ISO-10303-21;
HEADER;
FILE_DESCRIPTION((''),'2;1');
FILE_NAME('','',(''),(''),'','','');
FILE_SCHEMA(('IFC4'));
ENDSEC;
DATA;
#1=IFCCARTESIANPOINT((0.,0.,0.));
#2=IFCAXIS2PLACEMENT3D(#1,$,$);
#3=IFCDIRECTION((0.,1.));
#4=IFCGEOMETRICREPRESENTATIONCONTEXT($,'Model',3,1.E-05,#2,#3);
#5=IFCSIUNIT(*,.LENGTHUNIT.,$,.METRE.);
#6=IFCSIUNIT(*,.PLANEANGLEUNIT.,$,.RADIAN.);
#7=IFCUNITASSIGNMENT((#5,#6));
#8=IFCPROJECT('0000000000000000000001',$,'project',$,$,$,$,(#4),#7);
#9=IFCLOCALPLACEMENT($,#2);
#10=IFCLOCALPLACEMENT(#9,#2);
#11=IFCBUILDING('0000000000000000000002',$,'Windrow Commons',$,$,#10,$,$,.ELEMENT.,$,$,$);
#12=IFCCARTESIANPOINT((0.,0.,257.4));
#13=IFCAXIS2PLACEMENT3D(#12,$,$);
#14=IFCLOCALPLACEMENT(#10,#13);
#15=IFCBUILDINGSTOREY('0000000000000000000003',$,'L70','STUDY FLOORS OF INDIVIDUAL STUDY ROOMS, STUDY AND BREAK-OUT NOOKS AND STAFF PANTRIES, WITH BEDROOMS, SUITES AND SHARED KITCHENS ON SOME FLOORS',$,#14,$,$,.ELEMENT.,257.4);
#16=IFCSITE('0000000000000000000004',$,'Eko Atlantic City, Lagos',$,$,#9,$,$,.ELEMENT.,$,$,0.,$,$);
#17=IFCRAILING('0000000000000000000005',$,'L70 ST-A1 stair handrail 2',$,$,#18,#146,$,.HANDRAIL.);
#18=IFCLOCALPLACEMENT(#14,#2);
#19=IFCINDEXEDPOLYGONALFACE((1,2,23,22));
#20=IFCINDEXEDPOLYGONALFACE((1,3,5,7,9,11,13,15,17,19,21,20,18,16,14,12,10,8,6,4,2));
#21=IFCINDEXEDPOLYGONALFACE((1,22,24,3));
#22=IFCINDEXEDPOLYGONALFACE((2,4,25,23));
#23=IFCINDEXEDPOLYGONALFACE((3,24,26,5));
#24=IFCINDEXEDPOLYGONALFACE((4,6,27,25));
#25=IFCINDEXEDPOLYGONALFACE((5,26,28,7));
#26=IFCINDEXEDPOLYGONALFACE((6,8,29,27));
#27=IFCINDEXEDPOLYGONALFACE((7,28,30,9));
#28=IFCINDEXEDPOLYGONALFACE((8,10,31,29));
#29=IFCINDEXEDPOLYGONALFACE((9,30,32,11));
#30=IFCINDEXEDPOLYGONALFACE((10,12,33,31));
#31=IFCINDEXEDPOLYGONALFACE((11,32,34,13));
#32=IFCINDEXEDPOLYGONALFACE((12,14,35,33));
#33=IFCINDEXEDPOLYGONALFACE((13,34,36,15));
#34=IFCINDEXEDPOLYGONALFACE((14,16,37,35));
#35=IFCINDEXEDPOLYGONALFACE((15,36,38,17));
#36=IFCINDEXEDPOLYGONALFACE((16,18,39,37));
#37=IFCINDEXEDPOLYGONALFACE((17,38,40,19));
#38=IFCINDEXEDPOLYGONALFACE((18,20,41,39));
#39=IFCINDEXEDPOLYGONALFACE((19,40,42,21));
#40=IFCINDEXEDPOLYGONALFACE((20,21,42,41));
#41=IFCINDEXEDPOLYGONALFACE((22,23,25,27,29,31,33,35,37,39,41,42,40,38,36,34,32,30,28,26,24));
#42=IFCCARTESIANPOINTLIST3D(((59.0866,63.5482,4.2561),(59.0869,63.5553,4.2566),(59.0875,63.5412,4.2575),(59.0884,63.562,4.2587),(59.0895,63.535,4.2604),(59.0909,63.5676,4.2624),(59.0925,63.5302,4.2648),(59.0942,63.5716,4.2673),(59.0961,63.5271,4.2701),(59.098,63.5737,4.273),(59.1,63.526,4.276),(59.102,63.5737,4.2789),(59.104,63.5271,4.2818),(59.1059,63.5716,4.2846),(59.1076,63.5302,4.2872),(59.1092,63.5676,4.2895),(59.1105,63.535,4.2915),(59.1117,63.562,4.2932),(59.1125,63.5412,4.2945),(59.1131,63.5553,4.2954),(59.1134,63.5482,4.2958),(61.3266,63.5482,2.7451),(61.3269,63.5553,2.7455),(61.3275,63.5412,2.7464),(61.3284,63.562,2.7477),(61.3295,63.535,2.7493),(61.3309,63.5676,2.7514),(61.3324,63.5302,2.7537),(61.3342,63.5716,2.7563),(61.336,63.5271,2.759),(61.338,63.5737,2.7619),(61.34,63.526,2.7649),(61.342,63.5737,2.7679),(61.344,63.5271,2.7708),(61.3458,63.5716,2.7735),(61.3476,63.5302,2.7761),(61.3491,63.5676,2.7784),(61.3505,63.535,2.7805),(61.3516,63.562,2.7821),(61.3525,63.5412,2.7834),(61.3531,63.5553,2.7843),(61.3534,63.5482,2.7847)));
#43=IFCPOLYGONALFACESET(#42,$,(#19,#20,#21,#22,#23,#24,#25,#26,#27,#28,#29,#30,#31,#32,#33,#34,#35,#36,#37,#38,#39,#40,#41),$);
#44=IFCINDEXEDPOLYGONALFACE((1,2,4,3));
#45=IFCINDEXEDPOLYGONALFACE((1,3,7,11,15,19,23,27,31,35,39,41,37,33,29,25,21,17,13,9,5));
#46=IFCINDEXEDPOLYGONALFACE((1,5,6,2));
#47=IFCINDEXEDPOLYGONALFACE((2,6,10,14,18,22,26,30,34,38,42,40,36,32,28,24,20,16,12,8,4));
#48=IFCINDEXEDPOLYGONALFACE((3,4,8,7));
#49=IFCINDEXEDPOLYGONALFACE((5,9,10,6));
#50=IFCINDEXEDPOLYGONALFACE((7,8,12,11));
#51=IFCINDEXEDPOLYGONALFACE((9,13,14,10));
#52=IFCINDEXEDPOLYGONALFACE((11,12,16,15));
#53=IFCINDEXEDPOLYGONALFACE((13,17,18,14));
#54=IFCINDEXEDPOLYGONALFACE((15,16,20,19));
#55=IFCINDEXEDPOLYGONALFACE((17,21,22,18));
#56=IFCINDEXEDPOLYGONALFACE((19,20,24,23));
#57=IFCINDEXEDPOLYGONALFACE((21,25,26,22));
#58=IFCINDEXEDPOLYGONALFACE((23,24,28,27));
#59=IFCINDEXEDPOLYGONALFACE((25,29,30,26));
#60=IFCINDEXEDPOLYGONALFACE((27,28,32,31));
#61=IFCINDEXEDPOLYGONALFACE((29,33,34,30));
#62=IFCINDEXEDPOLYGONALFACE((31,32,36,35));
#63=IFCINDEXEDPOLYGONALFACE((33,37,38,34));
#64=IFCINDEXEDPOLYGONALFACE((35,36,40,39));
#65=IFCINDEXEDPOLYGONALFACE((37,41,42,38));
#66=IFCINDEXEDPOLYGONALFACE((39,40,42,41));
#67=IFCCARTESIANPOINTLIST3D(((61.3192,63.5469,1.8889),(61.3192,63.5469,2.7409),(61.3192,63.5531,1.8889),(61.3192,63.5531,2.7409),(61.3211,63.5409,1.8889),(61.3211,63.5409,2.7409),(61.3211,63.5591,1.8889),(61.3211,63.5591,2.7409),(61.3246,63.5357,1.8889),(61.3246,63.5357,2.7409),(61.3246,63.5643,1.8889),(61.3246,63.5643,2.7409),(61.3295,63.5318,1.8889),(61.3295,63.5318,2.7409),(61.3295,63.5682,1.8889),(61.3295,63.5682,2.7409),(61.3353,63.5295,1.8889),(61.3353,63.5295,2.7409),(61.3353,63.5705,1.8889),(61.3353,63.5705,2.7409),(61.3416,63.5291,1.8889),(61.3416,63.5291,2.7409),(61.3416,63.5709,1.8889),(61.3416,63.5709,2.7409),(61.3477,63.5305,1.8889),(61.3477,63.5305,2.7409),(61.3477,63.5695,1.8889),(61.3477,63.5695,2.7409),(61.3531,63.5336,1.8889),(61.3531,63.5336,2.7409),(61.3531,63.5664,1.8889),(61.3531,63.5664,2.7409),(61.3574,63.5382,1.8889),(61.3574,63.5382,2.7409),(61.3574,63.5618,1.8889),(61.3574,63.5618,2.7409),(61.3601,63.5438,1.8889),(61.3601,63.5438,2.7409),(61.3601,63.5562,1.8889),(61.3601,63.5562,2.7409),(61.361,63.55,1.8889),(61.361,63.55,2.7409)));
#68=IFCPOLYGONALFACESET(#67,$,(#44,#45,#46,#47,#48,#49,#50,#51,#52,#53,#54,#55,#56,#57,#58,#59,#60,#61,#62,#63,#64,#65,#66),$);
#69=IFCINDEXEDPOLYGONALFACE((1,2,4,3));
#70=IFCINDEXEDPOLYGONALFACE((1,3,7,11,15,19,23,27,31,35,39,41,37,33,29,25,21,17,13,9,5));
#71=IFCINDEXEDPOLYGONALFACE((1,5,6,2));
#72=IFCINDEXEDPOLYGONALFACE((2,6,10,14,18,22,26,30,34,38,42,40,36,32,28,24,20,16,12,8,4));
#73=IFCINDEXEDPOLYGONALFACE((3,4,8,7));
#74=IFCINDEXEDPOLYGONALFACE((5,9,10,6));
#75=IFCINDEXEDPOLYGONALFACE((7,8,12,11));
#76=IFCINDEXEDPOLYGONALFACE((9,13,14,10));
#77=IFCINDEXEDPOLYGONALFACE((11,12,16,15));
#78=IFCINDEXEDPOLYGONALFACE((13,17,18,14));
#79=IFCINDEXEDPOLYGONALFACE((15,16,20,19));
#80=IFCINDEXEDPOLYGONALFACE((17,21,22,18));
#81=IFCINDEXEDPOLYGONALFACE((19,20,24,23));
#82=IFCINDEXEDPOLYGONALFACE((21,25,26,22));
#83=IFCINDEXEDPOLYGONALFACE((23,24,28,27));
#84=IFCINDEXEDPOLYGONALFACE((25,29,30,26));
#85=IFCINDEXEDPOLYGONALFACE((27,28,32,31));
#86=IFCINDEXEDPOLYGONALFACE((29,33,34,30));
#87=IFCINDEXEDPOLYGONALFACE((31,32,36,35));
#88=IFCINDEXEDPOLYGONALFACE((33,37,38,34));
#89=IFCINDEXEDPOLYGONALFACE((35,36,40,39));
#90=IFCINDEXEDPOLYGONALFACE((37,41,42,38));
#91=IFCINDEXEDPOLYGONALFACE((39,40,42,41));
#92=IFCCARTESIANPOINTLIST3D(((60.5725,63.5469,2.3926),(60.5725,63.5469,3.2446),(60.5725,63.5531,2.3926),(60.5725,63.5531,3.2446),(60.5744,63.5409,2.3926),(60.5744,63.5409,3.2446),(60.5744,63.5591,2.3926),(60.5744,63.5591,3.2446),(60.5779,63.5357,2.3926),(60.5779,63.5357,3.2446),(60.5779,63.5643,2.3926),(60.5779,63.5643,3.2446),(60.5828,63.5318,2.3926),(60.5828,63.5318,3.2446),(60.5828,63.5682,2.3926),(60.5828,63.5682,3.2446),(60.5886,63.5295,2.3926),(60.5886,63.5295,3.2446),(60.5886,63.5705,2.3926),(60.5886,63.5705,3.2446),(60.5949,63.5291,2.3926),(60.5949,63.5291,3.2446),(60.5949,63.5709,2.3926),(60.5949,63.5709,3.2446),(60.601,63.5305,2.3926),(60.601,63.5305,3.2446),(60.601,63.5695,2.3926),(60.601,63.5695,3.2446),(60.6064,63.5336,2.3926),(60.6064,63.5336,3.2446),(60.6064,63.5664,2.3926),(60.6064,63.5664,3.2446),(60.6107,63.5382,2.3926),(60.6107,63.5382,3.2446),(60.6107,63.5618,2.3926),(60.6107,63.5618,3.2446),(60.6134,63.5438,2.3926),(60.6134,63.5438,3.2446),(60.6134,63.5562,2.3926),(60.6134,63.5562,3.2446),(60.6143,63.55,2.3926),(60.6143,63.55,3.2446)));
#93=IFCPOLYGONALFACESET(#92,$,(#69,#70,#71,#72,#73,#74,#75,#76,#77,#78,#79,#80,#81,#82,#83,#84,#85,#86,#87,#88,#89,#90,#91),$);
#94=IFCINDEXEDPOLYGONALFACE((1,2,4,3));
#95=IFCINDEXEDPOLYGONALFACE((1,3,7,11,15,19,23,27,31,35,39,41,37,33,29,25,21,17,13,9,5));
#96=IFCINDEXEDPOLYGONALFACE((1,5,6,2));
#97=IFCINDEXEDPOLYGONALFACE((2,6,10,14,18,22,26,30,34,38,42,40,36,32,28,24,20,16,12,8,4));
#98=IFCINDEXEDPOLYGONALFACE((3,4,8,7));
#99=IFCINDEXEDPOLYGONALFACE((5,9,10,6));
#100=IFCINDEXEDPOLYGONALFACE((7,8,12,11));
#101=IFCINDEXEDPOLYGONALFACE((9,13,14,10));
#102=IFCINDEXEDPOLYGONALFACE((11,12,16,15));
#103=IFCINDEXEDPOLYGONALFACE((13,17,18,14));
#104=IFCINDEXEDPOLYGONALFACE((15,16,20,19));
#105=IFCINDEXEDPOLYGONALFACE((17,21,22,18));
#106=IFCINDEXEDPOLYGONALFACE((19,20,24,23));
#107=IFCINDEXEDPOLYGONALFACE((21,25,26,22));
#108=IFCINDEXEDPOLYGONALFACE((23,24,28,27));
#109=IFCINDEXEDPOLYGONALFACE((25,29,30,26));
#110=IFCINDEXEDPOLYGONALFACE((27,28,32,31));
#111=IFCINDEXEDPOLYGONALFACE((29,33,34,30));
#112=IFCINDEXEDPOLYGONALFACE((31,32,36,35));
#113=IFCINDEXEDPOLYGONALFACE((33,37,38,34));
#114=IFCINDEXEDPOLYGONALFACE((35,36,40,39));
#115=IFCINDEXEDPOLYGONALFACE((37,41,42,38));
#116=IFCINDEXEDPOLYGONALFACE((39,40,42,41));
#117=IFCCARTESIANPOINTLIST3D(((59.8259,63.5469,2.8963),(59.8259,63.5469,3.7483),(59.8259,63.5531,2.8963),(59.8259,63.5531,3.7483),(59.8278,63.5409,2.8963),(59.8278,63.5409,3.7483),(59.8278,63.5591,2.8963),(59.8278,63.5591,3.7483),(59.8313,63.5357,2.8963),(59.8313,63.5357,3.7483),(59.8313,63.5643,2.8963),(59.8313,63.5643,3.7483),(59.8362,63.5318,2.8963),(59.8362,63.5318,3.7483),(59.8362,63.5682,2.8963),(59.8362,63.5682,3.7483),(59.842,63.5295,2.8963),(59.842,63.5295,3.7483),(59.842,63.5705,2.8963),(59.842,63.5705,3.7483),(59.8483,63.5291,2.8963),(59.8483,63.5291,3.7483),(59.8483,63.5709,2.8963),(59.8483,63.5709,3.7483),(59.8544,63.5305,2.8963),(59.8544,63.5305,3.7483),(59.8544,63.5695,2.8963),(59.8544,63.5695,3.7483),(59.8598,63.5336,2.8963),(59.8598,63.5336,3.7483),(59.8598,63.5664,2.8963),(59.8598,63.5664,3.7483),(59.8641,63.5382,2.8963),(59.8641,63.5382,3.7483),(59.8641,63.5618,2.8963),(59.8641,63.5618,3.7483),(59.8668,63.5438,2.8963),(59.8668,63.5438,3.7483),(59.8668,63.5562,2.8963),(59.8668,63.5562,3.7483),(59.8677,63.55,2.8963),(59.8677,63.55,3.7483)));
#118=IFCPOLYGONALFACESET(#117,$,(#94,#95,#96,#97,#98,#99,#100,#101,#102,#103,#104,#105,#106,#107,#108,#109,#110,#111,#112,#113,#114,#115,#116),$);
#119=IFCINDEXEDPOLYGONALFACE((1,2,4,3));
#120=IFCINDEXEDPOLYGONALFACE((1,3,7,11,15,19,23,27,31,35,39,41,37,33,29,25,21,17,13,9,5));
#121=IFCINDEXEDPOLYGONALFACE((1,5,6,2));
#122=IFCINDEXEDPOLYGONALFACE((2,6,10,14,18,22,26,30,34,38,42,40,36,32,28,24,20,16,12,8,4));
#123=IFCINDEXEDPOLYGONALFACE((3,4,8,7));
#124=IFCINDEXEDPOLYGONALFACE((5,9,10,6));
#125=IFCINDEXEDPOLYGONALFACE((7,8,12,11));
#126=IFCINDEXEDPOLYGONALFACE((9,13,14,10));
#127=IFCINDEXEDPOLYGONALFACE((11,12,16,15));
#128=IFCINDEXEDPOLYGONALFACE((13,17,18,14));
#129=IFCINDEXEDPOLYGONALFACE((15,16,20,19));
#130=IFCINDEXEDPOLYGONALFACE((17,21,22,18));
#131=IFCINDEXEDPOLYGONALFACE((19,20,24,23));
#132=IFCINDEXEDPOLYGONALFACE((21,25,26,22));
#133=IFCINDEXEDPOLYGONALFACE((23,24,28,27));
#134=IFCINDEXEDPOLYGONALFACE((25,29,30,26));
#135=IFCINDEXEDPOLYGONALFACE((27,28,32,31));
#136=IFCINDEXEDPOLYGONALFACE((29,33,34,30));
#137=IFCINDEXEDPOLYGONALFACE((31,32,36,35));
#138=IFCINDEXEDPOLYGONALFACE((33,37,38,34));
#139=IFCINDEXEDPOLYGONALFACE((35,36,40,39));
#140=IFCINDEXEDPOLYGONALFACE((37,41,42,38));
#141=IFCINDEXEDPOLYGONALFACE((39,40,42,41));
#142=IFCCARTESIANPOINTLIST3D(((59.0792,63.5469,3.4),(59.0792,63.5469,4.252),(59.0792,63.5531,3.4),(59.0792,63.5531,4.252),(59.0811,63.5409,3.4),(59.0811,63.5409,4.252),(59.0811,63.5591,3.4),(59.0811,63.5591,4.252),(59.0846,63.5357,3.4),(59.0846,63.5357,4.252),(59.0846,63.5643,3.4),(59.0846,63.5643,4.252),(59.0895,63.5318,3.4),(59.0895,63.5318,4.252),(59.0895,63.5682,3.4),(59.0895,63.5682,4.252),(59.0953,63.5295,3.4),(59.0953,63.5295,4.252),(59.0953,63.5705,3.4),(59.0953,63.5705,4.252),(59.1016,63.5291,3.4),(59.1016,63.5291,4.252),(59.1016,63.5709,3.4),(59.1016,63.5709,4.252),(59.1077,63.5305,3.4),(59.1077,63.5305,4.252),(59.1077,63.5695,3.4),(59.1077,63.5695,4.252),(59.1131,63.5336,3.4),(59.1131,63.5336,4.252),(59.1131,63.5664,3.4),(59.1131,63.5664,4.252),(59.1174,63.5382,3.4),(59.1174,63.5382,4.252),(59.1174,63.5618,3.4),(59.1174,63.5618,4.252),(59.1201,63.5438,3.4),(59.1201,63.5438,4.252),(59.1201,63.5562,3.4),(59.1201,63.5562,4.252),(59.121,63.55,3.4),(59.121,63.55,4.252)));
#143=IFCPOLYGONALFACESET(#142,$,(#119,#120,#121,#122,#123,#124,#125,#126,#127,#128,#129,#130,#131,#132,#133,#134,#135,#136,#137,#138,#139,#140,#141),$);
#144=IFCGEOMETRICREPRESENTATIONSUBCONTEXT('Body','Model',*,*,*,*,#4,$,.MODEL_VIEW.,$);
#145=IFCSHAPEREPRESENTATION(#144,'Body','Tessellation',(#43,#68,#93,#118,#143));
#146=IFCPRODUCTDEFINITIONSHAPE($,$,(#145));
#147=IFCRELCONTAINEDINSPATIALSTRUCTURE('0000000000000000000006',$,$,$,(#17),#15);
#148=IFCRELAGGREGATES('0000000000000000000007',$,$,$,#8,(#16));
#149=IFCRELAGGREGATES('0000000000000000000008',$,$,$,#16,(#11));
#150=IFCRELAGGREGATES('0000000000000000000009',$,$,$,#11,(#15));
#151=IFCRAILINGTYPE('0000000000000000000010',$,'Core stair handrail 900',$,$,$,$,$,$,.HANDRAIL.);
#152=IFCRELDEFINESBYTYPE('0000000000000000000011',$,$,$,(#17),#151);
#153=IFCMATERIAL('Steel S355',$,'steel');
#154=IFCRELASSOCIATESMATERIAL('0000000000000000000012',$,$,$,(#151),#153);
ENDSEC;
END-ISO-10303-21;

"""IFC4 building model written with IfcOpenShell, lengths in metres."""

from ifc_helpers import new_model, si_unit, direction, frame, origin, origin_2d, place, context, subcontext, project, spatial, circle, extrude, material, type_object, element, save


model = new_model("IFC4")

# Units and contexts
model_context = context("Model", 3, precision=1e-05, world=origin(), true_north=direction((0.0, 1.0)))
body_context = subcontext(model_context, "Body", "Model", "MODEL_VIEW")
ifc_project = project(units=[si_unit("LENGTHUNIT", "METRE"), si_unit("PLANEANGLEUNIT", "RADIAN")], contexts=[model_context])

# Site, building, storey
site_placement = place(None, origin())
site = spatial("IfcSite", under=ifc_project, at=site_placement, Name="Eko Atlantic City, Lagos", CompositionType="ELEMENT", RefElevation=0.0)
building_placement = place(site_placement, origin())
building = spatial("IfcBuilding", under=site, at=building_placement, Name="Windrow Commons", CompositionType="ELEMENT")
storey_placement = place(building_placement, frame((0.0, 0.0, 257.4)))
storey = spatial("IfcBuildingStorey", under=building, at=storey_placement, Name="L70", Description="STUDY FLOORS OF INDIVIDUAL STUDY ROOMS, STUDY AND BREAK-OUT NOOKS AND STAFF PANTRIES, WITH BEDROOMS, SUITES AND SHARED KITCHENS ON SOME FLOORS", CompositionType="ELEMENT", Elevation=257.4)

# Railing
ifc_material_1 = material(Name="Steel S355", Category="steel")
railing_type_1 = type_object("IfcRailingType", Name="Core stair handrail 900", PredefinedType="HANDRAIL", material=ifc_material_1)
railing_1_placement = place(storey_placement, frame((61.34, 63.55, 1.8889)))
element("IfcRailing", 1, at=railing_1_placement, inside=storey, type_object=railing_type_1, Name="L70 ST-A1 stair handrail 2", PredefinedType="HANDRAIL", context=body_context, shape_type="SweptSolid", body=[
    extrude(circle(Radius=0.024, at=origin_2d()), frame((0.0, 0.0, 0.876), z_axis=(-0.829003, 0.0, 0.559244), x_axis=(0.0, -1.0, 0.0)), (0.0, 0.0, 1.0), 2.702),
    extrude(circle(Radius=0.021, at=origin_2d()), origin(), (0.0, 0.0, 1.0), 0.852),
    extrude(circle(Radius=0.021, at=origin_2d()), frame((-0.7467, 0.0, 0.5037)), (0.0, 0.0, 1.0), 0.852),
    extrude(circle(Radius=0.021, at=origin_2d()), frame((-1.4933, 0.0, 1.0074)), (0.0, 0.0, 1.0), 0.852),
    extrude(circle(Radius=0.021, at=origin_2d()), frame((-2.24, 0.0, 1.5111)), (0.0, 0.0, 1.0), 0.852),
])

save(model, "model.ifc")
